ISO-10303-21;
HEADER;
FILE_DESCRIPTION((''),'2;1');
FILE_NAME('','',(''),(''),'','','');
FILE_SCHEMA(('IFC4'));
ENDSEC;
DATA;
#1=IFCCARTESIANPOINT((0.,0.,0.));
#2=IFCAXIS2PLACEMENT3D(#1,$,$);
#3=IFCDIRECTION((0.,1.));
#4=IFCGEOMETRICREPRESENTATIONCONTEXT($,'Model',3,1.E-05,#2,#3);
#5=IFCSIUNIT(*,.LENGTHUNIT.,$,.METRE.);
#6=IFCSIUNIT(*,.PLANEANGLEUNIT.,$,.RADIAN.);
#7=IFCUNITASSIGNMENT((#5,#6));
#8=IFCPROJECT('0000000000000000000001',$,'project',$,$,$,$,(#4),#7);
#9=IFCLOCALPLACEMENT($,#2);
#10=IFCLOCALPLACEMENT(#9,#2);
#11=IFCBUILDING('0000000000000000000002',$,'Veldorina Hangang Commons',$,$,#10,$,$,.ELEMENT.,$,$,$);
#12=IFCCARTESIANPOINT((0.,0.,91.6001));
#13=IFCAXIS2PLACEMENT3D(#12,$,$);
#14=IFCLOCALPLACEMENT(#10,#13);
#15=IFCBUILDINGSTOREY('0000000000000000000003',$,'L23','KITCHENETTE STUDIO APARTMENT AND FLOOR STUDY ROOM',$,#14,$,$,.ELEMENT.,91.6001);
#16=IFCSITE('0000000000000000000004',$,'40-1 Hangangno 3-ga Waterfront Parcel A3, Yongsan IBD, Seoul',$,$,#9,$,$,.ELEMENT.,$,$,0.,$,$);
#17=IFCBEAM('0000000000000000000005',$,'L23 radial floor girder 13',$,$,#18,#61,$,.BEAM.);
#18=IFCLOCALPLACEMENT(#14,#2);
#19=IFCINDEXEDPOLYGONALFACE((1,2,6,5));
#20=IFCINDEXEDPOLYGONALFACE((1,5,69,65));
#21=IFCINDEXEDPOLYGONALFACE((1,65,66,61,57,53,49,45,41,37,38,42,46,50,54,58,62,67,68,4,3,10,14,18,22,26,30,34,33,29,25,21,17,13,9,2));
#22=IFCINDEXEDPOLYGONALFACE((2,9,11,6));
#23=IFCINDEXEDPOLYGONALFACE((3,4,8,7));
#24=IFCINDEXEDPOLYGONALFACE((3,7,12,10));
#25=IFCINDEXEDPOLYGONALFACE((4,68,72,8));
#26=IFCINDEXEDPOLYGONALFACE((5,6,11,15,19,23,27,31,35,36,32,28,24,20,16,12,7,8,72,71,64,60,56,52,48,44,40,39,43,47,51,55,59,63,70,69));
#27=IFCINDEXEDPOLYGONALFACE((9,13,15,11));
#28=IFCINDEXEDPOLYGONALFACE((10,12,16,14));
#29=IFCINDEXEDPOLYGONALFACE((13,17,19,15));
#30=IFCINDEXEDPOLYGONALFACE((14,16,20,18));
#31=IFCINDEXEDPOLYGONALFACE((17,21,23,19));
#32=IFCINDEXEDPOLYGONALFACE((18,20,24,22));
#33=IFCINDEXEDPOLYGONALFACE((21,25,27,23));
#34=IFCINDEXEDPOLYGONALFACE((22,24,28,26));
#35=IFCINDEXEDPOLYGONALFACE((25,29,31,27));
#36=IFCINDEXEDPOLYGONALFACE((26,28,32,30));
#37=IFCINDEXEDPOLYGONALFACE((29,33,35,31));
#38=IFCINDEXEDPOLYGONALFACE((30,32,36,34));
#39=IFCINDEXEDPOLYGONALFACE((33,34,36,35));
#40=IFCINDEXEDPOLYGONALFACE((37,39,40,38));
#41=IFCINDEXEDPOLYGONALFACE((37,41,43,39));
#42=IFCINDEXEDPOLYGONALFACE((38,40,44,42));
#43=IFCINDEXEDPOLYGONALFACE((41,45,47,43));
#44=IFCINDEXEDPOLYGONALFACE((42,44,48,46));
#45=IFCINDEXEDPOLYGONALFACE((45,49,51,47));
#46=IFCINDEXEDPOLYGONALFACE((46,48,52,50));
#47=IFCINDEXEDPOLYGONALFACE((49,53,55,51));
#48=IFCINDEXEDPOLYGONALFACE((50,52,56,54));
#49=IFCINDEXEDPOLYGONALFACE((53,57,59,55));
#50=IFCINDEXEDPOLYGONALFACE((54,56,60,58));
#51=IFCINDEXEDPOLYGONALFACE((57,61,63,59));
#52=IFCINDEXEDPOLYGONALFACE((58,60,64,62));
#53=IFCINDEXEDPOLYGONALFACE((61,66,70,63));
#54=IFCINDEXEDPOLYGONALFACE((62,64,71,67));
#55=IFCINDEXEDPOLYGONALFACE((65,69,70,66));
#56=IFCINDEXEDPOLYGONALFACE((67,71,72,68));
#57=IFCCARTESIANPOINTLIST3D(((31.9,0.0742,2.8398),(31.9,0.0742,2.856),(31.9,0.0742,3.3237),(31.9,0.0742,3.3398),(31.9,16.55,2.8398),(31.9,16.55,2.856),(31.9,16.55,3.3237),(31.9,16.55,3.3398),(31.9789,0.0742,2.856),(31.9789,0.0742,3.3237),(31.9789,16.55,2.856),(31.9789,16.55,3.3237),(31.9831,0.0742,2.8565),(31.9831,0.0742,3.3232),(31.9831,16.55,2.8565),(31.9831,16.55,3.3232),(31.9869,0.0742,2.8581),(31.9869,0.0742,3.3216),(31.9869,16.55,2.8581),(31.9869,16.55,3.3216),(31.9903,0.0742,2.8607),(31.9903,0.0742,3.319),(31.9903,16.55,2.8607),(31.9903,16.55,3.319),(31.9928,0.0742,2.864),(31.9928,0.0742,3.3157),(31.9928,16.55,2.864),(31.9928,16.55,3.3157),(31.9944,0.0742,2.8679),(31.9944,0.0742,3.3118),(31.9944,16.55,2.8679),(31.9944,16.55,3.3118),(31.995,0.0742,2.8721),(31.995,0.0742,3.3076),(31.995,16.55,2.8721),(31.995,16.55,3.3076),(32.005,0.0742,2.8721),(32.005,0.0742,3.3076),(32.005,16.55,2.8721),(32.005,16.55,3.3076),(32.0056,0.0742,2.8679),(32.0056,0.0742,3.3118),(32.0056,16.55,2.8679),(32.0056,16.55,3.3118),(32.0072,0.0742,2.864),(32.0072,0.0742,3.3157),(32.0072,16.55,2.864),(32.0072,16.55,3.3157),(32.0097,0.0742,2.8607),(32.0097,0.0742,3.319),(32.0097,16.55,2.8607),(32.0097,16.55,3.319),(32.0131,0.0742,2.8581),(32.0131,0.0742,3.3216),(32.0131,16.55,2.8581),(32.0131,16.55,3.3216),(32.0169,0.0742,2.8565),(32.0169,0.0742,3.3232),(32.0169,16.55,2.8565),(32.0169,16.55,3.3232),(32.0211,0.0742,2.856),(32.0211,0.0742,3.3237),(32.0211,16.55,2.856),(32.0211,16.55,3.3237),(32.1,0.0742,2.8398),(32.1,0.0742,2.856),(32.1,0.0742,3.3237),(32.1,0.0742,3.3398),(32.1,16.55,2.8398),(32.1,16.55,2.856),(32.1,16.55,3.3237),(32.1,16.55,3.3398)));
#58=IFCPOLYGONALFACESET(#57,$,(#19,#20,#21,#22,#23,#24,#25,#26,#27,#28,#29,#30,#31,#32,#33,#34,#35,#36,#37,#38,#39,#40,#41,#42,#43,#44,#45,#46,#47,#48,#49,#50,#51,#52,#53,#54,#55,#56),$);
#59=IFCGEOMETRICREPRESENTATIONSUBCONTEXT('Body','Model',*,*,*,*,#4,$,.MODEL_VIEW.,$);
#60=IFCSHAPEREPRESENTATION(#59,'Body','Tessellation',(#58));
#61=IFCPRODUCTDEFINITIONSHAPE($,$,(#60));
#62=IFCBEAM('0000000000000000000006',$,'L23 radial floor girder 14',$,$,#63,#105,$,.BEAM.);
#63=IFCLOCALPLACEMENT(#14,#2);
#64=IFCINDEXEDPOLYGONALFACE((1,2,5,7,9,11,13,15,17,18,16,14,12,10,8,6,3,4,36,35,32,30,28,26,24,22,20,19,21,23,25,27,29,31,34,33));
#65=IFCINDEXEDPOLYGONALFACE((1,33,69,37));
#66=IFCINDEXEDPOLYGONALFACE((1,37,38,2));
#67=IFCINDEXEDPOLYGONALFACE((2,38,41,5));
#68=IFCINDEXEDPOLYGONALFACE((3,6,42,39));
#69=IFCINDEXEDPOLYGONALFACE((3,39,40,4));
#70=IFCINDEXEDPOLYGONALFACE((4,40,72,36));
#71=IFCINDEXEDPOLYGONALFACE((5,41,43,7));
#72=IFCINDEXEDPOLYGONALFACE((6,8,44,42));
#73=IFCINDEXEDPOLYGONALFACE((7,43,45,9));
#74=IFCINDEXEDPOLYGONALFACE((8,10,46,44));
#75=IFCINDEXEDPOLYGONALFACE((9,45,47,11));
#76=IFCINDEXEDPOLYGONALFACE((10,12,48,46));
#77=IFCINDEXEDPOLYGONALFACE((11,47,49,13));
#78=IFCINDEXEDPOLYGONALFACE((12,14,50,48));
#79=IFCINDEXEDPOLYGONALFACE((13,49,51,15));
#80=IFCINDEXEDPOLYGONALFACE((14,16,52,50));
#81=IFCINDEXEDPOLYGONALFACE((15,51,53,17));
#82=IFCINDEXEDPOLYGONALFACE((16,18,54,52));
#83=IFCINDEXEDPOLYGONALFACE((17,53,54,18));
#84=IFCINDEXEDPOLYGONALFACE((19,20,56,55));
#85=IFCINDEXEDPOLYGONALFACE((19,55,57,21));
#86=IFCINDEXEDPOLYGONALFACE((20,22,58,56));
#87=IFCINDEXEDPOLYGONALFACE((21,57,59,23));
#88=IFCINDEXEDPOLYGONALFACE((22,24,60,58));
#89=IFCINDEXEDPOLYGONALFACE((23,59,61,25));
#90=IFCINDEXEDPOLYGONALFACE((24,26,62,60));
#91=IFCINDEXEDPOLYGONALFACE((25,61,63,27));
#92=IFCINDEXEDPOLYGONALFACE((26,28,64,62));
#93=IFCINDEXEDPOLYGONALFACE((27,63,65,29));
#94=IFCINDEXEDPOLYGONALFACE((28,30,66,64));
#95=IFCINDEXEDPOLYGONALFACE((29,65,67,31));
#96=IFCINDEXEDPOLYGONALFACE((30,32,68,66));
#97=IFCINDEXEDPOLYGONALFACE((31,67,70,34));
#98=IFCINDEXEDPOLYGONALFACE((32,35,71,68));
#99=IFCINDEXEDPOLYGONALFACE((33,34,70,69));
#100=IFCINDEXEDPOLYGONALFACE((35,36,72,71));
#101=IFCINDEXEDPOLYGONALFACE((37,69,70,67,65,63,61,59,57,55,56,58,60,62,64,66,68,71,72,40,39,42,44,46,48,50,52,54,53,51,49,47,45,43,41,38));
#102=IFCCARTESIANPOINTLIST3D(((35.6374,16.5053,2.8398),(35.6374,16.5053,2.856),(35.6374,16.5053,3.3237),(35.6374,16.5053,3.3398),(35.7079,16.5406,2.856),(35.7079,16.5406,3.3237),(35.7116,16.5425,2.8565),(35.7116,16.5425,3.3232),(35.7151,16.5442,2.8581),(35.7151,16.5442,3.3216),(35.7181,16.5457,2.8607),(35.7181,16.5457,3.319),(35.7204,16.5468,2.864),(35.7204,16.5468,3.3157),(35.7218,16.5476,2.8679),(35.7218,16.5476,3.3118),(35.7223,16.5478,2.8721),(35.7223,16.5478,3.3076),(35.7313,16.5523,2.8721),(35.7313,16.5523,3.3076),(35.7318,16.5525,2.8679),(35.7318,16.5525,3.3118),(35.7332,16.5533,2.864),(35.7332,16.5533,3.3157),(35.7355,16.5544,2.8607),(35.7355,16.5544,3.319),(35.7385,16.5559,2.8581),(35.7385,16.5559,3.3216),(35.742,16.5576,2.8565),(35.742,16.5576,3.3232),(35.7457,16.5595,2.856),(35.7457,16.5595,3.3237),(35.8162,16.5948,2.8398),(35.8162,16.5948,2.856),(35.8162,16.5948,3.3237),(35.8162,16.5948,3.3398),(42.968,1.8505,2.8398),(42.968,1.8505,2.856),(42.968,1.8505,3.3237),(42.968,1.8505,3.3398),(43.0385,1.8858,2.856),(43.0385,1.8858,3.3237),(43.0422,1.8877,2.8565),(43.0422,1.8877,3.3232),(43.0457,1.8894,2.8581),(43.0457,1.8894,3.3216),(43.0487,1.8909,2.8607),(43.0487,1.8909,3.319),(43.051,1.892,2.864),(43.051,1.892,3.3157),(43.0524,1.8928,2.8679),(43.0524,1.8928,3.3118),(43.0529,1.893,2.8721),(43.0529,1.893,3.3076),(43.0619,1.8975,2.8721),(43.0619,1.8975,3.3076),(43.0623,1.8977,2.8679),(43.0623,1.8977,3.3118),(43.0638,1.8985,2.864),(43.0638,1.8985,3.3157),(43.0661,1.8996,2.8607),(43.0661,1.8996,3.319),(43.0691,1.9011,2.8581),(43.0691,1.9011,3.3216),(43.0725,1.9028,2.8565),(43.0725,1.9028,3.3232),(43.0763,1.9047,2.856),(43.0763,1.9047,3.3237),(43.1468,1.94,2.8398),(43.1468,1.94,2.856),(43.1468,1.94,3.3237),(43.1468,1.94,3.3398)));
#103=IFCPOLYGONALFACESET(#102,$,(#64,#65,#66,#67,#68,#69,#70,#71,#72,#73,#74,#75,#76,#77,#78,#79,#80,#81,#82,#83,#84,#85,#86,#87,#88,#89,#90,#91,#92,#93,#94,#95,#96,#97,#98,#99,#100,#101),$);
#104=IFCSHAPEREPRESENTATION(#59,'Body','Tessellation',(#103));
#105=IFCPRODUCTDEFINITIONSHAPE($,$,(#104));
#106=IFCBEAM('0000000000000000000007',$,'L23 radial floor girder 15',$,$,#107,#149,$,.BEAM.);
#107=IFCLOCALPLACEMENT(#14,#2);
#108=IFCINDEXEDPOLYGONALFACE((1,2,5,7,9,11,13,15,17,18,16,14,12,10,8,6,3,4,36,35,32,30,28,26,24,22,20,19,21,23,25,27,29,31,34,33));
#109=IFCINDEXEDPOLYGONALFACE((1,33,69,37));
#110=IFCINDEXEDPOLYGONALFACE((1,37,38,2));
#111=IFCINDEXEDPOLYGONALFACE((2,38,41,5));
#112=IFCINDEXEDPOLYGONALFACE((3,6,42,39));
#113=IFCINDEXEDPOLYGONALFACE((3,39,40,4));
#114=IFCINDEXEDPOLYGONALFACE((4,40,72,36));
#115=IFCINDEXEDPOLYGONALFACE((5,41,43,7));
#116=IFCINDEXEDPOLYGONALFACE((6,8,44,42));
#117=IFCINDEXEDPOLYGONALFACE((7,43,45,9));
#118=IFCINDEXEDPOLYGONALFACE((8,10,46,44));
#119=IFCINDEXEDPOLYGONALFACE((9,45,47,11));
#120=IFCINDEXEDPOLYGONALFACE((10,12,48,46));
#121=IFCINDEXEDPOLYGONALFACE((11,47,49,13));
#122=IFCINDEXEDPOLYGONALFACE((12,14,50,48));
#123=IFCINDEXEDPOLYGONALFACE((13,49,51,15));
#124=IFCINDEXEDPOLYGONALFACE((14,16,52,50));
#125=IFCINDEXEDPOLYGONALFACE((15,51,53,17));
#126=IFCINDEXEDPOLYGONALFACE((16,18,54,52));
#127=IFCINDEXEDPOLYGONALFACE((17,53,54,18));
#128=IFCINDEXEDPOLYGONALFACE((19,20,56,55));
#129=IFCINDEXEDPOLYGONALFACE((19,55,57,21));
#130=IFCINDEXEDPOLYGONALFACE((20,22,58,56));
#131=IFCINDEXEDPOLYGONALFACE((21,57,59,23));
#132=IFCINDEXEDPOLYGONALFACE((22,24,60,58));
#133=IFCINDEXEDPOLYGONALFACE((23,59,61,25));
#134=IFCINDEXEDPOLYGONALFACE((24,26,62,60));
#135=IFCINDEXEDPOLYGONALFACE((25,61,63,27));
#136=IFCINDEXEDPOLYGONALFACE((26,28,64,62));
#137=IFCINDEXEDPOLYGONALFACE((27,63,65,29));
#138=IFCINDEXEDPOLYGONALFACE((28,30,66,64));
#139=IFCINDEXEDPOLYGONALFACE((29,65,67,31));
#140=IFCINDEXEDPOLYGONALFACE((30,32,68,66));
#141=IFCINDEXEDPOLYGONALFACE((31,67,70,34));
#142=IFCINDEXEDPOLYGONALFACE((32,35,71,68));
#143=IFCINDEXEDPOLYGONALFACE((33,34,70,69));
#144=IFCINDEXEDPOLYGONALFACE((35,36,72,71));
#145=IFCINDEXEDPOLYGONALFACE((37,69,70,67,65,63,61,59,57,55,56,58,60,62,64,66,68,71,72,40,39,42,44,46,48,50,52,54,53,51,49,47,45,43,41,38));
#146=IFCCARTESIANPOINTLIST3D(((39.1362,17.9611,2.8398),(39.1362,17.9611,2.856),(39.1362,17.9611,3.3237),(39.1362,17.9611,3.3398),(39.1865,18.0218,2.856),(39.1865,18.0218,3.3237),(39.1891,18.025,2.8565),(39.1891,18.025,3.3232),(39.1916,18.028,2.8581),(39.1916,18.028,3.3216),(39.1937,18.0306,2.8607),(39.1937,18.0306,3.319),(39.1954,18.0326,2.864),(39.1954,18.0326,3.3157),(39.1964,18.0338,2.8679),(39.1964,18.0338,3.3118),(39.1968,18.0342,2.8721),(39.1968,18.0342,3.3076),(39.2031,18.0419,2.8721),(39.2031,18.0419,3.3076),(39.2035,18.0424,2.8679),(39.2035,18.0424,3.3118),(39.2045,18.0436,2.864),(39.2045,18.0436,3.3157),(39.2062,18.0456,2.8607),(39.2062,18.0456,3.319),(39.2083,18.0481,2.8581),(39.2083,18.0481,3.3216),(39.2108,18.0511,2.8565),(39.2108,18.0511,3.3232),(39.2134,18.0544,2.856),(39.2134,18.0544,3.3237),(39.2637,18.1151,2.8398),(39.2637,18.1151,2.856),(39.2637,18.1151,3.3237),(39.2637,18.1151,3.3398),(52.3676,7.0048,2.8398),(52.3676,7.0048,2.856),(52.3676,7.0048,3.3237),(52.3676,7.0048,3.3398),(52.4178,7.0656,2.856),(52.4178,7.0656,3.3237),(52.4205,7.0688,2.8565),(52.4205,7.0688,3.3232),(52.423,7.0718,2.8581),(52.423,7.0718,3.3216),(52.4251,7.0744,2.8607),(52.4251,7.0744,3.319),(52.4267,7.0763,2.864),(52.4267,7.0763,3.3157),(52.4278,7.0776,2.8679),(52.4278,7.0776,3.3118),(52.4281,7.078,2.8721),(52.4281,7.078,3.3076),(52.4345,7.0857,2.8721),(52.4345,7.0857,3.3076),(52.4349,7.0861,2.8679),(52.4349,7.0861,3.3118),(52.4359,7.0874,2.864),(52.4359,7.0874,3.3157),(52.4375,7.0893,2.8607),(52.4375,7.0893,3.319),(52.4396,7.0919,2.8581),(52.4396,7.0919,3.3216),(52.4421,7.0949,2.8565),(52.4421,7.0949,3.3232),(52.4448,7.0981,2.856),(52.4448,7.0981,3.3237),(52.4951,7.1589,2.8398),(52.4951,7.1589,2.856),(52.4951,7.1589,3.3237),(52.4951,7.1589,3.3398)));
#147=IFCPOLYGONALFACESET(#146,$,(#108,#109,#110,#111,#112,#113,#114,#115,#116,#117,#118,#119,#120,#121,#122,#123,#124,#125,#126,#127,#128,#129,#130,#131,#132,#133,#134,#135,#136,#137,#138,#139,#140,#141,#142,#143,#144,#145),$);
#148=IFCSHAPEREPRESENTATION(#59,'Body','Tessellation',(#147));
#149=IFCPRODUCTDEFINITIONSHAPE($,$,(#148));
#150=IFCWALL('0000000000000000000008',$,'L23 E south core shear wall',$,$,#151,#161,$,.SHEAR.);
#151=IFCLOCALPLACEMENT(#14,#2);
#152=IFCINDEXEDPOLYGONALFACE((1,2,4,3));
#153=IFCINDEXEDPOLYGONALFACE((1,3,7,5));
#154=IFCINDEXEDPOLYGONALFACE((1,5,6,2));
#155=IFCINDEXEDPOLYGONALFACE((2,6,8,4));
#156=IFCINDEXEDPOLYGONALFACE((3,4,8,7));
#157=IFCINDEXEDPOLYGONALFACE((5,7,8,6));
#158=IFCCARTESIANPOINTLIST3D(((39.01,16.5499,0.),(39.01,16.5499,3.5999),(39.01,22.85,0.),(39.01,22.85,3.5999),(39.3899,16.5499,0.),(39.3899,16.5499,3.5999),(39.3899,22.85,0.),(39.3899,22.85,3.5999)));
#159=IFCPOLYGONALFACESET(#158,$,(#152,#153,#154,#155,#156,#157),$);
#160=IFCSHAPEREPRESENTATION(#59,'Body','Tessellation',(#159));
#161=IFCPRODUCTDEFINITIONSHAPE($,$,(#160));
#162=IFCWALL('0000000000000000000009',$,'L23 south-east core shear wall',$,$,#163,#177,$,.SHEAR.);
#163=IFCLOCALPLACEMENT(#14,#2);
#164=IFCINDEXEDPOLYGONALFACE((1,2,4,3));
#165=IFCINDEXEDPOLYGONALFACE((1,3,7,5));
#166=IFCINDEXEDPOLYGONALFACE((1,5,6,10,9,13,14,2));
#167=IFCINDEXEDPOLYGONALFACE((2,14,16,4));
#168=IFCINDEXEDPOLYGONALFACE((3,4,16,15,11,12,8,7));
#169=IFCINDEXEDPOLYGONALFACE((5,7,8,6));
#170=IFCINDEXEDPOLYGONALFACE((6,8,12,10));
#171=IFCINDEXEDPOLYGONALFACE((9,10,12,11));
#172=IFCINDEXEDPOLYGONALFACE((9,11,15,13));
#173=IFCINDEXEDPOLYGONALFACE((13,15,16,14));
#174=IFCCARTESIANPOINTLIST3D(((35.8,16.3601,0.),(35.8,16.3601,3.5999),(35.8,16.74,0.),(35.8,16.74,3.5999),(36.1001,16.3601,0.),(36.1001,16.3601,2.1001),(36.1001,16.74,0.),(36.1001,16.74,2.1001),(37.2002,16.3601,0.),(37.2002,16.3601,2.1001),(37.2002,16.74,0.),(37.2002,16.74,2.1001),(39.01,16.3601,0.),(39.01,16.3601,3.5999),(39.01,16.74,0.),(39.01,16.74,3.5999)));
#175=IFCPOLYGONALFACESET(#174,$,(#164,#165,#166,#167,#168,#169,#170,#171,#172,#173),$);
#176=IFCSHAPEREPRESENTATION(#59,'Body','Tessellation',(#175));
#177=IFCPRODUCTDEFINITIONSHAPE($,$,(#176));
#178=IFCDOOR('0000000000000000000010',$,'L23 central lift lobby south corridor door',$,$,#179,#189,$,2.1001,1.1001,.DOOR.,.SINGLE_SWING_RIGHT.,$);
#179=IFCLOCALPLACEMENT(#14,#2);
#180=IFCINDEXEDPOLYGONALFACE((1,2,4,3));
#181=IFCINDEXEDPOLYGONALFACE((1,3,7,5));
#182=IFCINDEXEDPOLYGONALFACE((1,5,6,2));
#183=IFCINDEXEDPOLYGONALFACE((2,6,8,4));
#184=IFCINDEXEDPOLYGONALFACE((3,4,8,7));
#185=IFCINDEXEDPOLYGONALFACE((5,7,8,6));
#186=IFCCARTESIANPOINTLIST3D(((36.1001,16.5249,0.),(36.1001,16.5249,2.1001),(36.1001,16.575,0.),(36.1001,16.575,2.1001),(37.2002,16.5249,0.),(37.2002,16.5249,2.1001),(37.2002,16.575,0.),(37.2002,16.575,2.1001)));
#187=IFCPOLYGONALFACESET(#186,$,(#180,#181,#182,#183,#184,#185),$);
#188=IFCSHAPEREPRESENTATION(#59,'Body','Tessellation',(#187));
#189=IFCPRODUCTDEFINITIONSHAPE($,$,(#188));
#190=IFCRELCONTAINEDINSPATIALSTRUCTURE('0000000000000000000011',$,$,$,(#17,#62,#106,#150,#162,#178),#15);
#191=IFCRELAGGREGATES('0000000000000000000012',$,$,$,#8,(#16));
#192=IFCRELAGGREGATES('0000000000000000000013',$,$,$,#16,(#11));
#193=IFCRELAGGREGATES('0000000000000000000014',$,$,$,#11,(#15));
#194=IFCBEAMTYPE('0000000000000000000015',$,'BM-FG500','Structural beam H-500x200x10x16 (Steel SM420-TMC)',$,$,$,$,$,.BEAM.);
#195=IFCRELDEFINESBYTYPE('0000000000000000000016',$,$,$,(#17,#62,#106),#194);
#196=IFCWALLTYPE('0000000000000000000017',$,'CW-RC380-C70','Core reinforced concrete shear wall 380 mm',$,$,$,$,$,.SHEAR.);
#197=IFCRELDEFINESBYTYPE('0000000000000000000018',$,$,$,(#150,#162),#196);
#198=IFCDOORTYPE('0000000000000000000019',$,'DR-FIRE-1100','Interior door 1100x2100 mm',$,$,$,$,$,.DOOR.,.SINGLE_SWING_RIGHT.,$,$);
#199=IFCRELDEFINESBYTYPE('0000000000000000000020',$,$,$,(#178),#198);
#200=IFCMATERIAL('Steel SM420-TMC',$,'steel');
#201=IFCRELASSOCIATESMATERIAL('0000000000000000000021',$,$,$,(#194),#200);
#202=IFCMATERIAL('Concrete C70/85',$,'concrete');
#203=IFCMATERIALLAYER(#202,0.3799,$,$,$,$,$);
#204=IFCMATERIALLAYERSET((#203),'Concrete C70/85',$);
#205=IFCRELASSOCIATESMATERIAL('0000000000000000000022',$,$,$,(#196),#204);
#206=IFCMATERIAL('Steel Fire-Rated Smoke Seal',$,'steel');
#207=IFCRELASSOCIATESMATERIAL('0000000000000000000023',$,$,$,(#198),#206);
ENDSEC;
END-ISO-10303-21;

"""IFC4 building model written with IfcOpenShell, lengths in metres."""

from ifc_helpers import new_model, si_unit, direction, frame, frame_2d, origin, origin_2d, place, context, subcontext, project, spatial, rectangle, i_section, extrude, material, layer, layer_set, material_profile, profile_set, type_object, element, fill, save


model = new_model("IFC4")

# Units and contexts
model_context = context("Model", 3, precision=1e-05, world=origin(), true_north=direction((0.0, 1.0)))
body_context = subcontext(model_context, "Body", "Model", "MODEL_VIEW")
ifc_project = project(units=[si_unit("LENGTHUNIT", "METRE"), si_unit("PLANEANGLEUNIT", "RADIAN")], contexts=[model_context])

# Site, building, storey
site_placement = place(None, origin())
site = spatial("IfcSite", under=ifc_project, at=site_placement, Name="40-1 Hangangno 3-ga Waterfront Parcel A3, Yongsan IBD, Seoul", CompositionType="ELEMENT", RefElevation=0.0)
building_placement = place(site_placement, origin())
building = spatial("IfcBuilding", under=site, at=building_placement, Name="Veldorina Hangang Commons", CompositionType="ELEMENT")
storey_placement = place(building_placement, frame((0.0, 0.0, 91.6001)))
storey = spatial("IfcBuildingStorey", under=building, at=storey_placement, Name="L23", Description="KITCHENETTE STUDIO APARTMENT AND FLOOR STUDY ROOM", CompositionType="ELEMENT", Elevation=91.6001)

# Beams
ifc_material_1 = material(Name="Steel SM420-TMC", Category="steel")
ifc_material_profile = material_profile(ifc_material_1, i_section(OverallWidth=0.2, OverallDepth=0.5, WebThickness=0.01, FlangeThickness=0.0161, FilletRadius=0.0161, at=origin_2d()), Name="H-500x200x10x16")
ifc_profile_set = profile_set([ifc_material_profile], Name="Steel SM420-TMC")
beam_type = type_object("IfcBeamType", Name="BM-FG500", Description="Structural beam H-500x200x10x16 (Steel SM420-TMC)", PredefinedType="BEAM", material=ifc_profile_set)
beam_1_placement = place(storey_placement, frame((32.0, 16.55, 3.0898), z_axis=(0.0, -1.0, 0.0), x_axis=(1.0, 0.0, 0.0)))
element("IfcBeam", 1, at=beam_1_placement, inside=storey, type_object=beam_type, Name="L23 radial floor girder 13", PredefinedType="BEAM", context=body_context, shape_type="SweptSolid", body=[
    extrude(i_section(OverallWidth=0.2, OverallDepth=0.5, WebThickness=0.01, FlangeThickness=0.0161, FilletRadius=0.0161, at=origin_2d()), origin(), (0.0, 0.0, 1.0), 16.4758),
])
beam_2_placement = place(storey_placement, frame((35.7268, 16.55, 3.0898), z_axis=(0.447369, -0.89435, 0.0), x_axis=(0.89435, 0.447369, 0.0)))
element("IfcBeam", 2, at=beam_2_placement, inside=storey, type_object=beam_type, Name="L23 radial floor girder 14", PredefinedType="BEAM", context=body_context, shape_type="SweptSolid", body=[
    extrude(i_section(OverallWidth=0.2, OverallDepth=0.5, WebThickness=0.01, FlangeThickness=0.0161, FilletRadius=0.0161, at=origin_2d()), origin(), (0.0, 0.0, 1.0), 16.386),
])
beam_3_placement = place(storey_placement, frame((39.2, 18.0381, 3.0898), z_axis=(0.770219, -0.63778, 0.0), x_axis=(0.63778, 0.770219, 0.0)))
element("IfcBeam", 3, at=beam_3_placement, inside=storey, type_object=beam_type, Name="L23 radial floor girder 15", PredefinedType="BEAM", context=body_context, shape_type="SweptSolid", body=[
    extrude(i_section(OverallWidth=0.2, OverallDepth=0.5, WebThickness=0.01, FlangeThickness=0.0161, FilletRadius=0.0161, at=origin_2d()), origin(), (0.0, 0.0, 1.0), 17.1787),
])

# Wall
ifc_material_2 = material(Name="Concrete C70/85", Category="concrete")
ifc_layer_1 = layer(ifc_material_2, 0.3799)
ifc_layer_set_1 = layer_set([ifc_layer_1], Name="Concrete C70/85")
wall_type_1 = type_object("IfcWallType", Name="CW-RC380-C70", Description="Core reinforced concrete shear wall 380 mm", PredefinedType="SHEAR", material=ifc_layer_set_1)
wall_1_placement = place(storey_placement, frame((39.2, 16.55, 0.0), z_axis=(0.0, 0.0, 1.0), x_axis=(0.0, 1.0, 0.0)))
element("IfcWall", 4, at=wall_1_placement, inside=storey, type_object=wall_type_1, Name="L23 E south core shear wall", PredefinedType="SHEAR", context=body_context, shape_type="SweptSolid", body=[
    extrude(rectangle(XDim=6.3, YDim=0.3799, at=frame_2d((3.1499, 0.0))), origin(), (0.0, 0.0, 1.0), 3.5999),
])

# Wall, opening, door
wall_2_placement = place(storey_placement, frame((35.8, 16.55, 0.0), z_axis=(0.0, 0.0, 1.0), x_axis=(1.0, 0.0, 0.0)))
wall_2 = element("IfcWall", 5, at=wall_2_placement, inside=storey, type_object=wall_type_1, Name="L23 south-east core shear wall", PredefinedType="SHEAR", context=body_context, shape_type="SweptSolid", body=[
    extrude(rectangle(XDim=3.21, YDim=0.3799, at=frame_2d((1.605, 0.0))), origin(), (0.0, 0.0, 1.0), 3.5999),
])
opening_1_placement = place(wall_2_placement, frame((0.3, 0.0, 0.0)))
opening_1 = element("IfcOpeningElement", 6, at=opening_1_placement, cuts=wall_2, PredefinedType="OPENING", context=body_context, shape_type="SweptSolid", body=[
    extrude(rectangle(XDim=1.1001, YDim=2.1001, at=frame_2d((0.55, 1.05))), frame((0.0, 0.2, 0.0), z_axis=(0.0, -1.0, 0.0), x_axis=(1.0, 0.0, 0.0)), (0.0, 0.0, 1.0), 0.3999),
])
ifc_material_3 = material(Name="Steel Fire-Rated Smoke Seal", Category="steel")
door_type_1 = type_object("IfcDoorType", Name="DR-FIRE-1100", Description="Interior door 1100x2100 mm", OperationType="SINGLE_SWING_RIGHT", PredefinedType="DOOR", material=ifc_material_3)
door_1_placement = place(opening_1_placement, origin())
door_1 = element("IfcDoor", 7, at=door_1_placement, inside=storey, type_object=door_type_1, Name="L23 central lift lobby south corridor door", OperationType="SINGLE_SWING_RIGHT", OverallHeight=2.1001, OverallWidth=1.1001, PredefinedType="DOOR", context=body_context, shape_type="SweptSolid", body=[
    extrude(rectangle(XDim=1.1001, YDim=2.1001, at=frame_2d((0.55, 1.05))), frame((0.0, 0.0249, 0.0), z_axis=(0.0, -1.0, 0.0), x_axis=(1.0, 0.0, 0.0)), (0.0, 0.0, 1.0), 0.05),
])
fill(opening_1, door_1)

save(model, "model.ifc")
